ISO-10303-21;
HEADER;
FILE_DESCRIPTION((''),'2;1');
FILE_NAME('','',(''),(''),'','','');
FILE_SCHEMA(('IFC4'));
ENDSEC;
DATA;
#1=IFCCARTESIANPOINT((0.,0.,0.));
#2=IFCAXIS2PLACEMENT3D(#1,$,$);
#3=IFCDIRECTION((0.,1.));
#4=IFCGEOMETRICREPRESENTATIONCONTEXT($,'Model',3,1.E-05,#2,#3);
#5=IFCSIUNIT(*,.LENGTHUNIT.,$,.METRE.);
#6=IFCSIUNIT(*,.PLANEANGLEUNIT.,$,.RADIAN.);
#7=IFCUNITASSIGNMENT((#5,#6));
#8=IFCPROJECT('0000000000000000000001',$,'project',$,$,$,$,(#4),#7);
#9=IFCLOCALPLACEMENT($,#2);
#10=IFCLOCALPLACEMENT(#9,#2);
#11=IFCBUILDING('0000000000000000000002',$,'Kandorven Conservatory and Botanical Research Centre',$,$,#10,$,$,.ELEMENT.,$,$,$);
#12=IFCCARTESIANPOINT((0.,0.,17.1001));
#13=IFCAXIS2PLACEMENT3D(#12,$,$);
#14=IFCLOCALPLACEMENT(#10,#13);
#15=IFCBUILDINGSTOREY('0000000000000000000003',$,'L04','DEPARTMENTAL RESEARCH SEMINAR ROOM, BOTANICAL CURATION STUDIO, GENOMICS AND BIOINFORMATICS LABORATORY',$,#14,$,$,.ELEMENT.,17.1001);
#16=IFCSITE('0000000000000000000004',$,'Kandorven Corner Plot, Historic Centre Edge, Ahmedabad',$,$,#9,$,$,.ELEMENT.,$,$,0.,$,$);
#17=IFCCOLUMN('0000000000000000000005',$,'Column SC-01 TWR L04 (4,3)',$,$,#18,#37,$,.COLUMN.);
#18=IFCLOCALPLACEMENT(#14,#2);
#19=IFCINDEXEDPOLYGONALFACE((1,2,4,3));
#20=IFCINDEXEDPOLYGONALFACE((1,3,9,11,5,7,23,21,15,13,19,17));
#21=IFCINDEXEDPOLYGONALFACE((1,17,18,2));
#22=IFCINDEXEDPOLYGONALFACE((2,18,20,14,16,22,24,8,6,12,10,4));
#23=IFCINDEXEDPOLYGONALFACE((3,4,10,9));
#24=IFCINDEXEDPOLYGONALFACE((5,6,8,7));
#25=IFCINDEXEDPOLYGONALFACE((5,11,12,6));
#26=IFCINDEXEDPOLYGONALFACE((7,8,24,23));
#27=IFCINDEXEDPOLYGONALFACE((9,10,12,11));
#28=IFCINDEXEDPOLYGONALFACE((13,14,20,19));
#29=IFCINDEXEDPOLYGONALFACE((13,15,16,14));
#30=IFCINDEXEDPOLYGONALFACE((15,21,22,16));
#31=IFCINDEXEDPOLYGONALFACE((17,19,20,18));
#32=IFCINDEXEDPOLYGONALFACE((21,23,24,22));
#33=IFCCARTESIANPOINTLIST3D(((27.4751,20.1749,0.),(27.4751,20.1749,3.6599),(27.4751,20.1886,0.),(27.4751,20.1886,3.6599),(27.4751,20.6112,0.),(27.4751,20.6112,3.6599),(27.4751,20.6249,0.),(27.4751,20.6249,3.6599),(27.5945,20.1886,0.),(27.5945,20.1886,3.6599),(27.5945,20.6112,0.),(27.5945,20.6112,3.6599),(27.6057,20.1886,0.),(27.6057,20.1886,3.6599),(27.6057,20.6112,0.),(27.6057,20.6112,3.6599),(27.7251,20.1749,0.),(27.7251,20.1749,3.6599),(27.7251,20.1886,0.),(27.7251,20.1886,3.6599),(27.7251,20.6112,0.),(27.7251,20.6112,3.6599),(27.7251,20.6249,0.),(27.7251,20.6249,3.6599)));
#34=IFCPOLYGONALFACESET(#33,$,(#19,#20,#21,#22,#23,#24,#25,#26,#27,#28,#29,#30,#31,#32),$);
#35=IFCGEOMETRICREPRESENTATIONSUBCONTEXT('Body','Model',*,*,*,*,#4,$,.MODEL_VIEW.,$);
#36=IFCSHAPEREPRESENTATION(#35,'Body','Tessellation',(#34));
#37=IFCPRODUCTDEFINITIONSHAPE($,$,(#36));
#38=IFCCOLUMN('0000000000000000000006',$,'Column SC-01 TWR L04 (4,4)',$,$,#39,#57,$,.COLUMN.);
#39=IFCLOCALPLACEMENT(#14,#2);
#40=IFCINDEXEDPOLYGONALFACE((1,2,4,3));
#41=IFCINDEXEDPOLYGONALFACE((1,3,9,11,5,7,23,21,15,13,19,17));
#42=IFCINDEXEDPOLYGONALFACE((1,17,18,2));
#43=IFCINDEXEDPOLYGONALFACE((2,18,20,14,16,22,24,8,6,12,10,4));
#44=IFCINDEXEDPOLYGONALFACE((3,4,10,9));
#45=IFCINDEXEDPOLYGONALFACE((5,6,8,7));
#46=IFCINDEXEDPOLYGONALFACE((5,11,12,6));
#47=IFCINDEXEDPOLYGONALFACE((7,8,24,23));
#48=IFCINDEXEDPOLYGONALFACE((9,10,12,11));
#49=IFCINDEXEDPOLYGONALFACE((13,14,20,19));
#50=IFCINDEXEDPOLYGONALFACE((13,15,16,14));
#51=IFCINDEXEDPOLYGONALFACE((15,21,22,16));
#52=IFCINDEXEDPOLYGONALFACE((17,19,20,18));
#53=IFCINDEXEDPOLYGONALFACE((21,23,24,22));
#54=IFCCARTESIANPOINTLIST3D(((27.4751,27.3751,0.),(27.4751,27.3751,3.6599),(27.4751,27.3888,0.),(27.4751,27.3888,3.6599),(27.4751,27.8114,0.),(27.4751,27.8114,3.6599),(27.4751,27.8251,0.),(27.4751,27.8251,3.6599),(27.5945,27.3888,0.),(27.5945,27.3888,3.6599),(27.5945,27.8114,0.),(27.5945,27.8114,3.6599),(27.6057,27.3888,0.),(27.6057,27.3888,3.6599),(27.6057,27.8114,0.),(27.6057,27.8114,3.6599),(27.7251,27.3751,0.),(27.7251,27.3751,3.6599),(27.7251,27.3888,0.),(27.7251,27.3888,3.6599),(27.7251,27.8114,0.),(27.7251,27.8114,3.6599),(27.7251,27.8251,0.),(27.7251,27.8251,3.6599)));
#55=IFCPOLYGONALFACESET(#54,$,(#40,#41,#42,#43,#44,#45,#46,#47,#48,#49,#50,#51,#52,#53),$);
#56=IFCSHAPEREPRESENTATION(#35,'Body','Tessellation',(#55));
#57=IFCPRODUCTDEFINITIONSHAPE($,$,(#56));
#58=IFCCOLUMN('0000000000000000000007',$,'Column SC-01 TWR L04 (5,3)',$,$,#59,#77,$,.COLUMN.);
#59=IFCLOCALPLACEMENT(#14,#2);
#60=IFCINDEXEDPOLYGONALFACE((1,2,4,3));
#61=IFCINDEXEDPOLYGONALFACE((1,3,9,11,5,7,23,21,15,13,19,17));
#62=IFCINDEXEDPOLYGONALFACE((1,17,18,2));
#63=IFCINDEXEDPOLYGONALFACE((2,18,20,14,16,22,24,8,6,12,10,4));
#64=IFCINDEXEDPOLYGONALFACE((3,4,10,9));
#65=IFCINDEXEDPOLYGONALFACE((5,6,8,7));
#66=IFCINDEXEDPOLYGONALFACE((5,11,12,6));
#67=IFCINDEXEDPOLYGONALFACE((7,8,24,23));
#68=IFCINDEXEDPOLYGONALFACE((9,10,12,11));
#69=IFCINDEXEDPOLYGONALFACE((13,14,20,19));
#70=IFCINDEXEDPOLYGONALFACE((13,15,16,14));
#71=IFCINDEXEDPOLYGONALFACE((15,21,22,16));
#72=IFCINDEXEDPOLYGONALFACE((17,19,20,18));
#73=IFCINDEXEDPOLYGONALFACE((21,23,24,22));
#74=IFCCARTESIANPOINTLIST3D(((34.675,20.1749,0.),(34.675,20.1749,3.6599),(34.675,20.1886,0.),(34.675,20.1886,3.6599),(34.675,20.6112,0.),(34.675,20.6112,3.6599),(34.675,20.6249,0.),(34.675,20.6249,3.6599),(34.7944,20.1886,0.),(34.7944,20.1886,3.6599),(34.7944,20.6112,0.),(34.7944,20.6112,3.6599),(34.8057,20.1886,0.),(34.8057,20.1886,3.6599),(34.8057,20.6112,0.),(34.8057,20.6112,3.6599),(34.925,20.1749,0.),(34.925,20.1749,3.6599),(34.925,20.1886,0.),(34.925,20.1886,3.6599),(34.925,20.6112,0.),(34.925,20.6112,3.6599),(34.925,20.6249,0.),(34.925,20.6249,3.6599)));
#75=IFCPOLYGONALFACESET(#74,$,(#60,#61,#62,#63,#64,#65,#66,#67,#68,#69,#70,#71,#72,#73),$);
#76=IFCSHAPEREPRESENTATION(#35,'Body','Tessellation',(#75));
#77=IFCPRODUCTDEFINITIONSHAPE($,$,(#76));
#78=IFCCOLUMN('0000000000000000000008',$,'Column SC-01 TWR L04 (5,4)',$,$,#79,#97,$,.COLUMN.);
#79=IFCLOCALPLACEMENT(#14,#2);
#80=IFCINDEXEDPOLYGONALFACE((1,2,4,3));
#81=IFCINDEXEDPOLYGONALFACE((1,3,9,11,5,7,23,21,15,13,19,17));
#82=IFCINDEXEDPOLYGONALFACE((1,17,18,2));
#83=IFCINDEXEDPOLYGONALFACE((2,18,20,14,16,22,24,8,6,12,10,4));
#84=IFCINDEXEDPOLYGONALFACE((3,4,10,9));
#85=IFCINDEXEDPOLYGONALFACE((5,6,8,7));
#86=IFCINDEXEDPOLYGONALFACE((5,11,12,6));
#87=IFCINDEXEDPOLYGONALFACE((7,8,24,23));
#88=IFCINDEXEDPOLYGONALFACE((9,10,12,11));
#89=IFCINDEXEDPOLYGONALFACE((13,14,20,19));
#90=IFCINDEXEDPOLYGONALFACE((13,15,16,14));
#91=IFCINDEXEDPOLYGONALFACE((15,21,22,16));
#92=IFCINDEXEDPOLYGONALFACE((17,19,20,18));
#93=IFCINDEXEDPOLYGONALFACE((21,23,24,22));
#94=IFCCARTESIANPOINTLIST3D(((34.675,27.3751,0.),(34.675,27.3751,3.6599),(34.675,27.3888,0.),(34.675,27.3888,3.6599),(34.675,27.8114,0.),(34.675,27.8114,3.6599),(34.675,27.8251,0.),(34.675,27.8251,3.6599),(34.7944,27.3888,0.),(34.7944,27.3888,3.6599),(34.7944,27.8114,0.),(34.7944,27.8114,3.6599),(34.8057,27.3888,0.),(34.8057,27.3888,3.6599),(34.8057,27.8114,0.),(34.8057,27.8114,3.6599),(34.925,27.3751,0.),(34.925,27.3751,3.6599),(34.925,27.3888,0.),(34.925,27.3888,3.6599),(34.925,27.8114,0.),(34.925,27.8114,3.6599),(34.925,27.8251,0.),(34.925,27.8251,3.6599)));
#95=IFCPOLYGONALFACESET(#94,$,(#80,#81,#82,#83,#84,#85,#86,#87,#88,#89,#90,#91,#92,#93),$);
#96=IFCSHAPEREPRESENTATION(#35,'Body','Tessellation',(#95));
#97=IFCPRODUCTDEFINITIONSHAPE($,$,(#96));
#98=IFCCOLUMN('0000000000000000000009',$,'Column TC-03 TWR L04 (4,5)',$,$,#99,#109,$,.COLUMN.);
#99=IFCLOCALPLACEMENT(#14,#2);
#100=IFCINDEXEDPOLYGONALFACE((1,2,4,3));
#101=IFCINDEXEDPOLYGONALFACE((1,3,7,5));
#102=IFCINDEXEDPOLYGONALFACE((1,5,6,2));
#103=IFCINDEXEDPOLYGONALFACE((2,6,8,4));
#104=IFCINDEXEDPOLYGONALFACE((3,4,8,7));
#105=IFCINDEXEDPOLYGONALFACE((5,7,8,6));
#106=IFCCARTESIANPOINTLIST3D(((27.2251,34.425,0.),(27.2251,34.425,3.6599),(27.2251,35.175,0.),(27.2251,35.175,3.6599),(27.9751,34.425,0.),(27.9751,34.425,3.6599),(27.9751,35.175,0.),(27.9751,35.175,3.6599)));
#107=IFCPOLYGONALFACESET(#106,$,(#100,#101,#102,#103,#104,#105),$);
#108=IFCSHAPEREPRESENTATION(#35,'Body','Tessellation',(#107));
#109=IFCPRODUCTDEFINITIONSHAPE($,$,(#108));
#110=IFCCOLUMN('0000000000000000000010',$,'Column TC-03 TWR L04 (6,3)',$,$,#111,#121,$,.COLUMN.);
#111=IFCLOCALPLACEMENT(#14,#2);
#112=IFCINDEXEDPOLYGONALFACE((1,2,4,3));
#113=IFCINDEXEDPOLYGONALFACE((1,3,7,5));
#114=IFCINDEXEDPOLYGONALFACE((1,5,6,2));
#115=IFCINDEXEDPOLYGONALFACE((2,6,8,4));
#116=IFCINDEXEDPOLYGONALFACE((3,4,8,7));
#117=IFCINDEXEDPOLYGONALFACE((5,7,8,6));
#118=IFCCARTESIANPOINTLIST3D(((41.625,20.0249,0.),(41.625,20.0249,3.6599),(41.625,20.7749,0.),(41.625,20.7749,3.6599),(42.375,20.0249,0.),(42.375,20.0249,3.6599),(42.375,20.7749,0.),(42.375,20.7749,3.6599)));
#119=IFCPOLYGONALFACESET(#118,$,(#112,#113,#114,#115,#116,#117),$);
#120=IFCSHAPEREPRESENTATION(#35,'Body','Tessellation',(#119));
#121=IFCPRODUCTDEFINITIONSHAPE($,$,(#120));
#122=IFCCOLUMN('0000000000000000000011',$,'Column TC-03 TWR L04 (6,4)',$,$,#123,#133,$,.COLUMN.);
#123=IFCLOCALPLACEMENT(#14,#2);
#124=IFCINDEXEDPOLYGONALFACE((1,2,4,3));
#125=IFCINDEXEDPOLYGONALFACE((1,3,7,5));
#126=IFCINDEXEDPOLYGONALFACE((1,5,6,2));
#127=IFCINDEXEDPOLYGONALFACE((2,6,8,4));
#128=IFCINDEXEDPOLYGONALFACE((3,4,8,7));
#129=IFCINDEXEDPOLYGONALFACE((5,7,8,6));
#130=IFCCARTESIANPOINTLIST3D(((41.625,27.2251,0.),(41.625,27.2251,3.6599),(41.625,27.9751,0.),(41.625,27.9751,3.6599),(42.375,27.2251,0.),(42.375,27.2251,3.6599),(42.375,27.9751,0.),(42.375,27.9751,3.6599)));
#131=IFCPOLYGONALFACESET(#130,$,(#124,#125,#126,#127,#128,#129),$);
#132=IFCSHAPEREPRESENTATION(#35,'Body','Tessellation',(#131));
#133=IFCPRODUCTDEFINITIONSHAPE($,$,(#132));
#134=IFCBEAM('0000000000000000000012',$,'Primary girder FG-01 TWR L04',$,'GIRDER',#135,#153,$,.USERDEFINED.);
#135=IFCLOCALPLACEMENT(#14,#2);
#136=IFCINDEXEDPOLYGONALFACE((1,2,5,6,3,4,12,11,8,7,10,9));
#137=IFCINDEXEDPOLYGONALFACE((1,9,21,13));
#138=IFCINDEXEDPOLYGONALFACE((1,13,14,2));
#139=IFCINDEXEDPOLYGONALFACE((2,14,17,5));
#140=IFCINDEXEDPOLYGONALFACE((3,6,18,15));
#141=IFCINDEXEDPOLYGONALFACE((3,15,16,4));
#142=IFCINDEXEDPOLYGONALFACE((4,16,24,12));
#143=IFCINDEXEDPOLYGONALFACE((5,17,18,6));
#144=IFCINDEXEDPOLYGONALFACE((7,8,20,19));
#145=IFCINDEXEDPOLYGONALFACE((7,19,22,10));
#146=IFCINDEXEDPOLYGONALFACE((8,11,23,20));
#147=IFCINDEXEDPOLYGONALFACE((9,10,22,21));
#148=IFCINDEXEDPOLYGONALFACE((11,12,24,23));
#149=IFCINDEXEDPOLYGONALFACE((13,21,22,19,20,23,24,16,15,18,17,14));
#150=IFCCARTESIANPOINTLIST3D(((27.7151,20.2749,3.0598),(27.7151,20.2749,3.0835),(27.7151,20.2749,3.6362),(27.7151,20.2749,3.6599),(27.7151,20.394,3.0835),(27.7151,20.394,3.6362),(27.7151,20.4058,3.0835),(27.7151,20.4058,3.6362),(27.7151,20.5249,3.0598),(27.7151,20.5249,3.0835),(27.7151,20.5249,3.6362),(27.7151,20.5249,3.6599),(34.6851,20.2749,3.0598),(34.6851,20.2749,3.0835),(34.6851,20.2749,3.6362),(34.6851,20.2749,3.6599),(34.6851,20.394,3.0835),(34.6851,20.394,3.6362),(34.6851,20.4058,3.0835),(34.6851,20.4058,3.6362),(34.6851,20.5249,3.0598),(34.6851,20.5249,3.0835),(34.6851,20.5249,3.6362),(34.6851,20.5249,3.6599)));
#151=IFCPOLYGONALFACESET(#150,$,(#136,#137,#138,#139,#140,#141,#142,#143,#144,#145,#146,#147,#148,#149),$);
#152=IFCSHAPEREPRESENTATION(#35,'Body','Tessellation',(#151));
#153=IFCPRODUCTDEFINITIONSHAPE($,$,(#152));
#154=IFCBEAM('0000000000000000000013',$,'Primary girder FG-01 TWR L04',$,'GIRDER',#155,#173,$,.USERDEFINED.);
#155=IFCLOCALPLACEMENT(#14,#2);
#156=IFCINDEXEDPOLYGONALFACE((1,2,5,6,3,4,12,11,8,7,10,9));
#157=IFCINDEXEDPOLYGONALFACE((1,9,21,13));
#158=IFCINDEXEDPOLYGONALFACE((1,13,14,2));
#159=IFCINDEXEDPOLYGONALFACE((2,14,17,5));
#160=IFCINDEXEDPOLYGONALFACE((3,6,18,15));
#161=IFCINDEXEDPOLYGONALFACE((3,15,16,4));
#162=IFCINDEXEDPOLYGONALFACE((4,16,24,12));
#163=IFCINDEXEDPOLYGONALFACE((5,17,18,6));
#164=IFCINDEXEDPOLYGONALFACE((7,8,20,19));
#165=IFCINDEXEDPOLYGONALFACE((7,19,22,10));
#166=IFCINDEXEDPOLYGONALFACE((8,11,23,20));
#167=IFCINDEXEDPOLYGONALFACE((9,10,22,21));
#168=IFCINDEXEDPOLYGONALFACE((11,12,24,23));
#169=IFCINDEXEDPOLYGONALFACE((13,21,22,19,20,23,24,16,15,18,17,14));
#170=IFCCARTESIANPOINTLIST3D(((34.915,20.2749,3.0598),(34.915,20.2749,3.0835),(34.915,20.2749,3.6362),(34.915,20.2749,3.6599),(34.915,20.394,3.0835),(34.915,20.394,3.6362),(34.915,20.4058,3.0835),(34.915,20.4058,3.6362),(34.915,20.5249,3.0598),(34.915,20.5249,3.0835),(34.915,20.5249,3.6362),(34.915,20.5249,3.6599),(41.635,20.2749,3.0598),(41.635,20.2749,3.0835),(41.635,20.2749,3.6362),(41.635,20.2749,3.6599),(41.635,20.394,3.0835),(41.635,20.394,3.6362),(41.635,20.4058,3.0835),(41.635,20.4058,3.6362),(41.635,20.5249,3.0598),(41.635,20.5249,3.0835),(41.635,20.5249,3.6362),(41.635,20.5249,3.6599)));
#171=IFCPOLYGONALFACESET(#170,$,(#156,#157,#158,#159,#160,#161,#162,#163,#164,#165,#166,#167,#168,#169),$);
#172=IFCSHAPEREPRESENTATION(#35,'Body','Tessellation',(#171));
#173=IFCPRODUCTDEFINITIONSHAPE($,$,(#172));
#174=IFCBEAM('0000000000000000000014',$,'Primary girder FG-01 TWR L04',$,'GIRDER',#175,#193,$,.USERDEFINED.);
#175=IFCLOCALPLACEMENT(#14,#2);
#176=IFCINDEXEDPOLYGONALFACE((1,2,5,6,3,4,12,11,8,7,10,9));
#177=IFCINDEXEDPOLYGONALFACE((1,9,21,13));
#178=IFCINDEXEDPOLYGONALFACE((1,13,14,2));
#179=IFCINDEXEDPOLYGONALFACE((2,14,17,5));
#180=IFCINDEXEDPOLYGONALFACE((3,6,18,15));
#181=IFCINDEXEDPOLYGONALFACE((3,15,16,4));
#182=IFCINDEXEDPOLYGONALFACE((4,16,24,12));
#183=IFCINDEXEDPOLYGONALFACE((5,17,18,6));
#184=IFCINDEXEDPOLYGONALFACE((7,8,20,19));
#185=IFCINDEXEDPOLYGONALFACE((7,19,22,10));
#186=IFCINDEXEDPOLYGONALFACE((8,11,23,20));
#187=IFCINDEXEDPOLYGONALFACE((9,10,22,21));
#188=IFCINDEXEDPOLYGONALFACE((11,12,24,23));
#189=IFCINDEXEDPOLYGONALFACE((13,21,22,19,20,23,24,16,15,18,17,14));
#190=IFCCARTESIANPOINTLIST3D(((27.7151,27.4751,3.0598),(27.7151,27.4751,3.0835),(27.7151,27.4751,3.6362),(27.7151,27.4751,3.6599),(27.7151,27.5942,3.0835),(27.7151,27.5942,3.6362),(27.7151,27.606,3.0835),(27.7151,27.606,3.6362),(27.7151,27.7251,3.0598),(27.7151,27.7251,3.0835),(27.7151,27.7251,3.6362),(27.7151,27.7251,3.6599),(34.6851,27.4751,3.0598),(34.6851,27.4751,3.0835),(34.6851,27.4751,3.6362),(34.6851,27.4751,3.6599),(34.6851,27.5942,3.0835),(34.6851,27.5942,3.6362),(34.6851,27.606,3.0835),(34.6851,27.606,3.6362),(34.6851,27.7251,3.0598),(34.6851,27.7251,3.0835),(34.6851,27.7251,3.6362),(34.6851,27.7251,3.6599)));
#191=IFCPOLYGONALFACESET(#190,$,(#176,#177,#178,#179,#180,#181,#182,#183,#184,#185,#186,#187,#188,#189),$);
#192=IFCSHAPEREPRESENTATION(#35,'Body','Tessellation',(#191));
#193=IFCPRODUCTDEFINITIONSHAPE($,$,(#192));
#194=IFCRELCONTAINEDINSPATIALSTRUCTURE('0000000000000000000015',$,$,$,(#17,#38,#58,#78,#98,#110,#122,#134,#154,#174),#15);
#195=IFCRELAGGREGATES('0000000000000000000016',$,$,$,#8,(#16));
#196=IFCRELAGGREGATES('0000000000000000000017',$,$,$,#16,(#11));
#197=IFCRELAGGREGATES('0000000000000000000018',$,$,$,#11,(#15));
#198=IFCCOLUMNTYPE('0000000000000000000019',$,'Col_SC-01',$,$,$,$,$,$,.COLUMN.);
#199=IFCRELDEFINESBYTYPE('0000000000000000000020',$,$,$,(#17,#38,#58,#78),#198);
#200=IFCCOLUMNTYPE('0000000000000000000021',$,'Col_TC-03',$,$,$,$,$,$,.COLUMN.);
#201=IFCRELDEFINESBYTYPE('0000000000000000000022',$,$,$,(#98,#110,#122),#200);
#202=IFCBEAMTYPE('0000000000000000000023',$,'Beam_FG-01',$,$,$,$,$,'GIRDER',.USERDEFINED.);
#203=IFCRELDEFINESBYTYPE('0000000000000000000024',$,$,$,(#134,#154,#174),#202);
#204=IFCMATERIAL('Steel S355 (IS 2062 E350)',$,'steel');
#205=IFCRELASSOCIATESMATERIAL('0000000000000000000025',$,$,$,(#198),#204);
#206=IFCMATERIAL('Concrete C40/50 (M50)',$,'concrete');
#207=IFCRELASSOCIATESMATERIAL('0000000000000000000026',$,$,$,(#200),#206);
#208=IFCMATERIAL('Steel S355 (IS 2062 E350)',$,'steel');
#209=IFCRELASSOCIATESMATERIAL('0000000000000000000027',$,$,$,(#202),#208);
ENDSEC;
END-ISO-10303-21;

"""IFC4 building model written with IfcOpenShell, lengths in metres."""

from ifc_helpers import new_model, si_unit, direction, frame, origin, origin_2d, place, context, subcontext, project, spatial, rectangle, i_section, extrude, material, material_profile, profile_set, type_object, element, save


model = new_model("IFC4")

# Units and contexts
model_context = context("Model", 3, precision=1e-05, world=origin(), true_north=direction((0.0, 1.0)))
body_context = subcontext(model_context, "Body", "Model", "MODEL_VIEW")
ifc_project = project(units=[si_unit("LENGTHUNIT", "METRE"), si_unit("PLANEANGLEUNIT", "RADIAN")], contexts=[model_context])

# Site, building, storey
site_placement = place(None, origin())
site = spatial("IfcSite", under=ifc_project, at=site_placement, Name="Kandorven Corner Plot, Historic Centre Edge, Ahmedabad", CompositionType="ELEMENT", RefElevation=0.0)
building_placement = place(site_placement, origin())
building = spatial("IfcBuilding", under=site, at=building_placement, Name="Kandorven Conservatory and Botanical Research Centre", CompositionType="ELEMENT")
storey_placement = place(building_placement, frame((0.0, 0.0, 17.1001)))
storey = spatial("IfcBuildingStorey", under=building, at=storey_placement, Name="L04", Description="DEPARTMENTAL RESEARCH SEMINAR ROOM, BOTANICAL CURATION STUDIO, GENOMICS AND BIOINFORMATICS LABORATORY", CompositionType="ELEMENT", Elevation=17.1001)

# Columns
ifc_material_1 = material(Name="Steel S355 (IS 2062 E350)", Category="steel")
ifc_material_profile_1 = material_profile(ifc_material_1, i_section(OverallWidth=0.25, OverallDepth=0.45, WebThickness=0.0112, FlangeThickness=0.0137, at=origin_2d()))
ifc_profile_set_1 = profile_set([ifc_material_profile_1], Name="Steel S355 (IS 2062 E350)")
column_type_1 = type_object("IfcColumnType", Name="Col_SC-01", PredefinedType="COLUMN", material=ifc_profile_set_1)
for number, where, z_axis, x_axis, name in (
    (1, (27.6001, 20.3999, 0.0), (0.0, 0.0, 1.0), (1.0, 0.0, 0.0), "Column SC-01 TWR L04 (4,3)"),
    (2, (27.6001, 27.6001, 0.0), (0.0, 0.0, 1.0), (1.0, 0.0, 0.0), "Column SC-01 TWR L04 (4,4)"),
    (3, (34.8, 20.3999, 0.0), (0.0, 0.0, 1.0), (1.0, 0.0, 0.0), "Column SC-01 TWR L04 (5,3)"),
    (4, (34.8, 27.6001, 0.0), (0.0, 0.0, 1.0), (1.0, 0.0, 0.0), "Column SC-01 TWR L04 (5,4)"),
):
    element("IfcColumn", number, at=place(storey_placement, frame(where, z_axis=z_axis, x_axis=x_axis)), inside=storey, type_object=column_type_1, Name=name, PredefinedType="COLUMN", context=body_context, shape_type="SweptSolid", body=[
        extrude(i_section(OverallWidth=0.25, OverallDepth=0.45, WebThickness=0.0112, FlangeThickness=0.0137, at=origin_2d()), origin(), (0.0, 0.0, 1.0), 3.6599),
    ])
ifc_material_2 = material(Name="Concrete C40/50 (M50)", Category="concrete")
ifc_material_profile_2 = material_profile(ifc_material_2, rectangle(XDim=0.75, YDim=0.75, at=origin_2d()))
ifc_profile_set_2 = profile_set([ifc_material_profile_2], Name="Concrete C40/50 (M50)")
column_type_2 = type_object("IfcColumnType", Name="Col_TC-03", PredefinedType="COLUMN", material=ifc_profile_set_2)
for number, where, z_axis, x_axis, name in (
    (5, (27.6001, 34.8, 0.0), (0.0, 0.0, 1.0), (1.0, 0.0, 0.0), "Column TC-03 TWR L04 (4,5)"),
    (6, (42.0, 20.3999, 0.0), (0.0, 0.0, 1.0), (1.0, 0.0, 0.0), "Column TC-03 TWR L04 (6,3)"),
    (7, (42.0, 27.6001, 0.0), (0.0, 0.0, 1.0), (1.0, 0.0, 0.0), "Column TC-03 TWR L04 (6,4)"),
):
    element("IfcColumn", number, at=place(storey_placement, frame(where, z_axis=z_axis, x_axis=x_axis)), inside=storey, type_object=column_type_2, Name=name, PredefinedType="COLUMN", context=body_context, shape_type="SweptSolid", body=[
        extrude(rectangle(XDim=0.75, YDim=0.75, at=origin_2d()), origin(), (0.0, 0.0, 1.0), 3.6599),
    ])

# Beams
ifc_material_3 = material(Name="Steel S355 (IS 2062 E350)", Category="steel")
ifc_material_profile_3 = material_profile(ifc_material_3, i_section(OverallWidth=0.25, OverallDepth=0.6001, WebThickness=0.0117, FlangeThickness=0.0237, at=origin_2d()))
ifc_profile_set_3 = profile_set([ifc_material_profile_3], Name="Steel S355 (IS 2062 E350)")
beam_type_1 = type_object("IfcBeamType", Name="Beam_FG-01", ElementType="GIRDER", PredefinedType="USERDEFINED", material=ifc_profile_set_3)
beam_1_placement = place(storey_placement, frame((27.7151, 20.3999, 3.3599), z_axis=(1.0, 0.0, 0.0), x_axis=(0.0, 1.0, 0.0)))
element("IfcBeam", 8, at=beam_1_placement, inside=storey, type_object=beam_type_1, Name="Primary girder FG-01 TWR L04", ObjectType="GIRDER", PredefinedType="USERDEFINED", context=body_context, shape_type="SweptSolid", body=[
    extrude(i_section(OverallWidth=0.25, OverallDepth=0.6001, WebThickness=0.0117, FlangeThickness=0.0237, at=origin_2d()), origin(), (0.0, 0.0, 1.0), 6.97),
])
beam_2_placement = place(storey_placement, frame((34.915, 20.3999, 3.3599), z_axis=(1.0, 0.0, 0.0), x_axis=(0.0, 1.0, 0.0)))
element("IfcBeam", 9, at=beam_2_placement, inside=storey, type_object=beam_type_1, Name="Primary girder FG-01 TWR L04", ObjectType="GIRDER", PredefinedType="USERDEFINED", context=body_context, shape_type="SweptSolid", body=[
    extrude(i_section(OverallWidth=0.25, OverallDepth=0.6001, WebThickness=0.0117, FlangeThickness=0.0237, at=origin_2d()), origin(), (0.0, 0.0, 1.0), 6.72),
])
beam_3_placement = place(storey_placement, frame((27.7151, 27.6001, 3.3599), z_axis=(1.0, 0.0, 0.0), x_axis=(0.0, 1.0, 0.0)))
element("IfcBeam", 10, at=beam_3_placement, inside=storey, type_object=beam_type_1, Name="Primary girder FG-01 TWR L04", ObjectType="GIRDER", PredefinedType="USERDEFINED", context=body_context, shape_type="SweptSolid", body=[
    extrude(i_section(OverallWidth=0.25, OverallDepth=0.6001, WebThickness=0.0117, FlangeThickness=0.0237, at=origin_2d()), origin(), (0.0, 0.0, 1.0), 6.97),
])

save(model, "model.ifc")
